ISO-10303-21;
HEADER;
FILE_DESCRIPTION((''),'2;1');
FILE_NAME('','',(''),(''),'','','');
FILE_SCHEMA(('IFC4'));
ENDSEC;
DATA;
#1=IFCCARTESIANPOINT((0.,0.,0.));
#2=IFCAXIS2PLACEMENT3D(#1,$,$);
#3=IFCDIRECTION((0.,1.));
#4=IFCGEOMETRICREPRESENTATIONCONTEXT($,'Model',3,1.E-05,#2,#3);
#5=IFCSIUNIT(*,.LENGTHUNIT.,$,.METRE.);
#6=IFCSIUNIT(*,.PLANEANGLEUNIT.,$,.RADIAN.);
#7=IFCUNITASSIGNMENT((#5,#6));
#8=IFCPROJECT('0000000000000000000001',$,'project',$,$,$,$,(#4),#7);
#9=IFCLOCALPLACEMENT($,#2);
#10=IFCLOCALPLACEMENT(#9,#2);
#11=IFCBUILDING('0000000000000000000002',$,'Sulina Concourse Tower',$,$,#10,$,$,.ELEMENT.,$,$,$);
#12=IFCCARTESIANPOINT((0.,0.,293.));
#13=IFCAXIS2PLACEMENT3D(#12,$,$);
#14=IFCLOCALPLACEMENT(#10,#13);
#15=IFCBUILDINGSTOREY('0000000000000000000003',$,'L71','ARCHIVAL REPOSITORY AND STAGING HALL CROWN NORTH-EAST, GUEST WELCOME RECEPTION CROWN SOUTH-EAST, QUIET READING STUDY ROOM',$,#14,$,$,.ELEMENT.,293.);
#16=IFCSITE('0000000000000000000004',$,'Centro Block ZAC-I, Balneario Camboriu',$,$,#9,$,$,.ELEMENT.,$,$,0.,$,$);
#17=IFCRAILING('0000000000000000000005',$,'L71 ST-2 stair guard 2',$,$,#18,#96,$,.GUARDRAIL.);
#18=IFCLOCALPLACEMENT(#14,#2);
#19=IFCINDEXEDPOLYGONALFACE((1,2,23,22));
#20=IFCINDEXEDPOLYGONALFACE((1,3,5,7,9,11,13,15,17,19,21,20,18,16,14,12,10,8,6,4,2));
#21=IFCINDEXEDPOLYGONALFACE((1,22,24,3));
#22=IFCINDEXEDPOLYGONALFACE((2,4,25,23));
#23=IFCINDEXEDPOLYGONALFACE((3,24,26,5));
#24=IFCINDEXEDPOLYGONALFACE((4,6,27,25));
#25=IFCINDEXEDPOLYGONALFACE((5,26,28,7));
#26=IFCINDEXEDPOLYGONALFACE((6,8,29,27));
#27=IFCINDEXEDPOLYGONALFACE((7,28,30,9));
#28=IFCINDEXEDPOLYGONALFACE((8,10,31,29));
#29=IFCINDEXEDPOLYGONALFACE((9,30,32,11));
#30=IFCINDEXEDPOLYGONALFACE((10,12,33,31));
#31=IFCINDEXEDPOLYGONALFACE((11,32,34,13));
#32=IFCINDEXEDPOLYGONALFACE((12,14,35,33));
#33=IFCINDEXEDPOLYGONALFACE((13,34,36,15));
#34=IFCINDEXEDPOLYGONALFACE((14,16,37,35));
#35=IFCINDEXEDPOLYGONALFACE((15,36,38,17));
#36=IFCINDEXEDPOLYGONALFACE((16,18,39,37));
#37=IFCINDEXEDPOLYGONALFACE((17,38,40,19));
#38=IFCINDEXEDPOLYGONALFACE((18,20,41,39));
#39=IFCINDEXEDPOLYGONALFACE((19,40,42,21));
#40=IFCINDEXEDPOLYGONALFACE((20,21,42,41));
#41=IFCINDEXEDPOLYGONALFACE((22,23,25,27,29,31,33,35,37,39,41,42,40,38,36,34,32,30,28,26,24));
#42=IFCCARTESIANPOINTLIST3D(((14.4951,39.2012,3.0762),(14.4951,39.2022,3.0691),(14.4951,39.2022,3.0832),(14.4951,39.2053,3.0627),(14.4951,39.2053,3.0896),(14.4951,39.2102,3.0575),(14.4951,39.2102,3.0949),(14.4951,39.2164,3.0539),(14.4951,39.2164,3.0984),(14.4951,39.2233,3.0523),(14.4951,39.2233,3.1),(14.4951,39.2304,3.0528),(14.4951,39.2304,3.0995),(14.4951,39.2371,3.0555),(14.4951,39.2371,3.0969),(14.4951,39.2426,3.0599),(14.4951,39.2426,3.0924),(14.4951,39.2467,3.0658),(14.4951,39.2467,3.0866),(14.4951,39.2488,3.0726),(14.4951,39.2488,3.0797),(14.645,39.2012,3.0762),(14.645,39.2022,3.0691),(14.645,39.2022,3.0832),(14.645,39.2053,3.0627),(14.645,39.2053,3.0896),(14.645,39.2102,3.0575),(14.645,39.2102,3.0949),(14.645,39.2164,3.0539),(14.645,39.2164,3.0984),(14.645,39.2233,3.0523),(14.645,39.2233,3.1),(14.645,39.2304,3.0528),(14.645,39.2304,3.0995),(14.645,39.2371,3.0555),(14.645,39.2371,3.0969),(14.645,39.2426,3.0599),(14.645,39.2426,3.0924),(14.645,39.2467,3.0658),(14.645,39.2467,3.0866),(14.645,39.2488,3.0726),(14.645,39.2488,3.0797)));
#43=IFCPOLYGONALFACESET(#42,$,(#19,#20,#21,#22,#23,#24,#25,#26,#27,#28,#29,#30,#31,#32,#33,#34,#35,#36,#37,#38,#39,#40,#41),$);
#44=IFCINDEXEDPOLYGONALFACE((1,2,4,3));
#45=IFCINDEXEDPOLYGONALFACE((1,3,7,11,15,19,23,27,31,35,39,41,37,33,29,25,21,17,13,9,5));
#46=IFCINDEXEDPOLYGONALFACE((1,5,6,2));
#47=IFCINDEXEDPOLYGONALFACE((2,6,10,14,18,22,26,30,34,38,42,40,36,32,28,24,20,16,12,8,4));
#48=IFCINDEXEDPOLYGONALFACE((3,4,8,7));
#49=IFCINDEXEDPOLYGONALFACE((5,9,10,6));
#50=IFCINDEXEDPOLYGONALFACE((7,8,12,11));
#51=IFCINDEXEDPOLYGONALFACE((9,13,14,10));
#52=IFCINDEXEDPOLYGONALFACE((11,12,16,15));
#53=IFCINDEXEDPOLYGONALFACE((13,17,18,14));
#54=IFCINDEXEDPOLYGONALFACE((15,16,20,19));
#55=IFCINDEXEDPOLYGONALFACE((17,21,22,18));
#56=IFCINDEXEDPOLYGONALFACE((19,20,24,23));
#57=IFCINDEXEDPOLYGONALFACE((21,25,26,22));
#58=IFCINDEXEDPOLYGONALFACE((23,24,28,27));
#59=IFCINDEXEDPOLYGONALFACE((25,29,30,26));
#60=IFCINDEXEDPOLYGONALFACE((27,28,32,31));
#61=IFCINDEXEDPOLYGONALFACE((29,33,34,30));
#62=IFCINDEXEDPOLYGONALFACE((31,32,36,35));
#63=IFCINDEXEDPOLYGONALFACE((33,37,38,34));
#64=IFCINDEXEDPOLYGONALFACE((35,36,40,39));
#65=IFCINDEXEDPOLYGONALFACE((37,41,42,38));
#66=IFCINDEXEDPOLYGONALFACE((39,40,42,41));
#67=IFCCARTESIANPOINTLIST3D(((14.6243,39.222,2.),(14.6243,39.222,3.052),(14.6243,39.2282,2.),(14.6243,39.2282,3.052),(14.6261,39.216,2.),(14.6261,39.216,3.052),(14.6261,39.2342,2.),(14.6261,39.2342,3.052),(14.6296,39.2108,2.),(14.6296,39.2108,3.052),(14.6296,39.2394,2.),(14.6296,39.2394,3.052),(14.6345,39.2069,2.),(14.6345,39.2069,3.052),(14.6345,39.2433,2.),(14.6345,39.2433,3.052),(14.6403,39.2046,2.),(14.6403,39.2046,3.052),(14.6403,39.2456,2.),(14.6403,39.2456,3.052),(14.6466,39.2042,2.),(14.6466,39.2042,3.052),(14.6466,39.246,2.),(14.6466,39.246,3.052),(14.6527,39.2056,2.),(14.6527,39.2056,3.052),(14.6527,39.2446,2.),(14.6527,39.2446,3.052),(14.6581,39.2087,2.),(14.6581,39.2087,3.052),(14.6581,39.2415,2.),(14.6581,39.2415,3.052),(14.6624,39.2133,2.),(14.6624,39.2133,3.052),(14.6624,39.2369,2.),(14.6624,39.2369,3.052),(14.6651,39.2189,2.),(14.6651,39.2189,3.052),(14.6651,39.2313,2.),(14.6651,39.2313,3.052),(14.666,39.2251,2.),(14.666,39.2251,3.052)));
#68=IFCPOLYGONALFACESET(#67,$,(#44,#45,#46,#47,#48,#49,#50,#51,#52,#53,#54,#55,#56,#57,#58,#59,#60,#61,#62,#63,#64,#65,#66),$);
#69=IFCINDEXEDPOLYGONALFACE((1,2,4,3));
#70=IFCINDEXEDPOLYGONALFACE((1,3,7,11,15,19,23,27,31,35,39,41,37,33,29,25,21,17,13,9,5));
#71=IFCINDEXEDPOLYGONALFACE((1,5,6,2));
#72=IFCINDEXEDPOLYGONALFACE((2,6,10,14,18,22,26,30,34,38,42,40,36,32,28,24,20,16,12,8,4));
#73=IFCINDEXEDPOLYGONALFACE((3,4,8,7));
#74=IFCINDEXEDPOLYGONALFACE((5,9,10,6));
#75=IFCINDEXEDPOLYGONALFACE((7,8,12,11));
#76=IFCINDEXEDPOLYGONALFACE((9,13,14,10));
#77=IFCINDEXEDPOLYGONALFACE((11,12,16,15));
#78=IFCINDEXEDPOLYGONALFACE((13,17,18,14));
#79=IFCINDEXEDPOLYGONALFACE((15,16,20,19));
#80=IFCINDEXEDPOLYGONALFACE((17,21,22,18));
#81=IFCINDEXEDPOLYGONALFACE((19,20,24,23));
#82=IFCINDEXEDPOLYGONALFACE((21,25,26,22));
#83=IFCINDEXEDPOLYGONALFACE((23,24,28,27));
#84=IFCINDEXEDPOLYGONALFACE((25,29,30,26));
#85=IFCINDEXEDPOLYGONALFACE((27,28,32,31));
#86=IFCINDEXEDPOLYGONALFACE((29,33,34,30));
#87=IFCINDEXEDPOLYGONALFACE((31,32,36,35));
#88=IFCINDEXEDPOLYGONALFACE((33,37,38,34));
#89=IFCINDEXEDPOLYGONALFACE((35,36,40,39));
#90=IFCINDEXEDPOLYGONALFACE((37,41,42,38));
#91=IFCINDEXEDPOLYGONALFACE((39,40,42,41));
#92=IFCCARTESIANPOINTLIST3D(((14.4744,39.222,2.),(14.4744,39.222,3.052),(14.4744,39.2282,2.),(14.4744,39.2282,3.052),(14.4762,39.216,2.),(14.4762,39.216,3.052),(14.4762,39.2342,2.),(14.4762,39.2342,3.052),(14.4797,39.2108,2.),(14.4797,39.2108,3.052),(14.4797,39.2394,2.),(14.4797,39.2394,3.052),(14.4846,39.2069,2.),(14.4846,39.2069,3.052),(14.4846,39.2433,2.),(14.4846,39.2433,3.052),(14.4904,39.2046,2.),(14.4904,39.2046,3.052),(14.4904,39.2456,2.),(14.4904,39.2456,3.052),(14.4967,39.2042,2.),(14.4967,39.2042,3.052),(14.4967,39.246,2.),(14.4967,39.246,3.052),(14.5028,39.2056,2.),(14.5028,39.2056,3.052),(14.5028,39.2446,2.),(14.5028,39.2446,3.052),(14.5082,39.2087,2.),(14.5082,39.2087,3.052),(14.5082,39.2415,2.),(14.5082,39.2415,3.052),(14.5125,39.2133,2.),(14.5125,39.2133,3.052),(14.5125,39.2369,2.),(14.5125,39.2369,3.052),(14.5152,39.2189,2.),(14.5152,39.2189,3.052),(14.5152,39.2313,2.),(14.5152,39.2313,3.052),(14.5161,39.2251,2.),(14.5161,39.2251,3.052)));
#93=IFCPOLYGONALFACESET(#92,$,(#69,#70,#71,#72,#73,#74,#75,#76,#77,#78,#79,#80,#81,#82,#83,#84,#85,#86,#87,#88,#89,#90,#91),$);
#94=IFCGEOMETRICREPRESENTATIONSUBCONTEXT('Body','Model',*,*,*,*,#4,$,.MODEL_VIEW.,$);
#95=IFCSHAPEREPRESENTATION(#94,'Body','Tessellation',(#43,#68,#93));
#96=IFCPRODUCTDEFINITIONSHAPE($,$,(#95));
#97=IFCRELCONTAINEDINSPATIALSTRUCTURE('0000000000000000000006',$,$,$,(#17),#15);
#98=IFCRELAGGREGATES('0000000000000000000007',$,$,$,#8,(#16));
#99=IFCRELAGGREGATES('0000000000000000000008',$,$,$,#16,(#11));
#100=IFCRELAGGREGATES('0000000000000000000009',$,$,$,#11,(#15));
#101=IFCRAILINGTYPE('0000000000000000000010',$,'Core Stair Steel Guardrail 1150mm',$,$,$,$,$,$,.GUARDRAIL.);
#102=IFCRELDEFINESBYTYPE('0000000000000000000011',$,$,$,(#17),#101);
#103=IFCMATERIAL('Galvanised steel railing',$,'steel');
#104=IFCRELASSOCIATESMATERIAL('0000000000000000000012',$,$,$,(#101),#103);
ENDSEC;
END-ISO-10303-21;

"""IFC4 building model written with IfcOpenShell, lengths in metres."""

from ifc_helpers import new_model, si_unit, direction, frame, origin, origin_2d, place, context, subcontext, project, spatial, circle, extrude, material, type_object, element, save


model = new_model("IFC4")

# Units and contexts
model_context = context("Model", 3, precision=1e-05, world=origin(), true_north=direction((0.0, 1.0)))
body_context = subcontext(model_context, "Body", "Model", "MODEL_VIEW")
ifc_project = project(units=[si_unit("LENGTHUNIT", "METRE"), si_unit("PLANEANGLEUNIT", "RADIAN")], contexts=[model_context])

# Site, building, storey
site_placement = place(None, origin())
site = spatial("IfcSite", under=ifc_project, at=site_placement, Name="Centro Block ZAC-I, Balneario Camboriu", CompositionType="ELEMENT", RefElevation=0.0)
building_placement = place(site_placement, origin())
building = spatial("IfcBuilding", under=site, at=building_placement, Name="Sulina Concourse Tower", CompositionType="ELEMENT")
storey_placement = place(building_placement, frame((0.0, 0.0, 293.0)))
storey = spatial("IfcBuildingStorey", under=building, at=storey_placement, Name="L71", Description="ARCHIVAL REPOSITORY AND STAGING HALL CROWN NORTH-EAST, GUEST WELCOME RECEPTION CROWN SOUTH-EAST, QUIET READING STUDY ROOM", CompositionType="ELEMENT", Elevation=293.0)

# Railing
ifc_material_1 = material(Name="Galvanised steel railing", Category="steel")
railing_type_1 = type_object("IfcRailingType", Name="Core Stair Steel Guardrail 1150mm", PredefinedType="GUARDRAIL", material=ifc_material_1)
railing_1_placement = place(storey_placement, frame((14.645, 39.2251, 2.0)))
element("IfcRailing", 1, at=railing_1_placement, inside=storey, type_object=railing_type_1, Name="L71 ST-2 stair guard 2", PredefinedType="GUARDRAIL", context=body_context, shape_type="SweptSolid", body=[
    extrude(circle(Radius=0.0239, at=origin_2d()), frame((0.0, 0.0, 1.0762), z_axis=(-1.0, 0.0, 0.0), x_axis=(0.0, -1.0, 0.0)), (0.0, 0.0, 1.0), 0.1499),
    extrude(circle(Radius=0.021, at=origin_2d()), origin(), (0.0, 0.0, 1.0), 1.052),
    extrude(circle(Radius=0.021, at=origin_2d()), frame((-0.1499, 0.0, 0.0)), (0.0, 0.0, 1.0), 1.052),
])

save(model, "model.ifc")
